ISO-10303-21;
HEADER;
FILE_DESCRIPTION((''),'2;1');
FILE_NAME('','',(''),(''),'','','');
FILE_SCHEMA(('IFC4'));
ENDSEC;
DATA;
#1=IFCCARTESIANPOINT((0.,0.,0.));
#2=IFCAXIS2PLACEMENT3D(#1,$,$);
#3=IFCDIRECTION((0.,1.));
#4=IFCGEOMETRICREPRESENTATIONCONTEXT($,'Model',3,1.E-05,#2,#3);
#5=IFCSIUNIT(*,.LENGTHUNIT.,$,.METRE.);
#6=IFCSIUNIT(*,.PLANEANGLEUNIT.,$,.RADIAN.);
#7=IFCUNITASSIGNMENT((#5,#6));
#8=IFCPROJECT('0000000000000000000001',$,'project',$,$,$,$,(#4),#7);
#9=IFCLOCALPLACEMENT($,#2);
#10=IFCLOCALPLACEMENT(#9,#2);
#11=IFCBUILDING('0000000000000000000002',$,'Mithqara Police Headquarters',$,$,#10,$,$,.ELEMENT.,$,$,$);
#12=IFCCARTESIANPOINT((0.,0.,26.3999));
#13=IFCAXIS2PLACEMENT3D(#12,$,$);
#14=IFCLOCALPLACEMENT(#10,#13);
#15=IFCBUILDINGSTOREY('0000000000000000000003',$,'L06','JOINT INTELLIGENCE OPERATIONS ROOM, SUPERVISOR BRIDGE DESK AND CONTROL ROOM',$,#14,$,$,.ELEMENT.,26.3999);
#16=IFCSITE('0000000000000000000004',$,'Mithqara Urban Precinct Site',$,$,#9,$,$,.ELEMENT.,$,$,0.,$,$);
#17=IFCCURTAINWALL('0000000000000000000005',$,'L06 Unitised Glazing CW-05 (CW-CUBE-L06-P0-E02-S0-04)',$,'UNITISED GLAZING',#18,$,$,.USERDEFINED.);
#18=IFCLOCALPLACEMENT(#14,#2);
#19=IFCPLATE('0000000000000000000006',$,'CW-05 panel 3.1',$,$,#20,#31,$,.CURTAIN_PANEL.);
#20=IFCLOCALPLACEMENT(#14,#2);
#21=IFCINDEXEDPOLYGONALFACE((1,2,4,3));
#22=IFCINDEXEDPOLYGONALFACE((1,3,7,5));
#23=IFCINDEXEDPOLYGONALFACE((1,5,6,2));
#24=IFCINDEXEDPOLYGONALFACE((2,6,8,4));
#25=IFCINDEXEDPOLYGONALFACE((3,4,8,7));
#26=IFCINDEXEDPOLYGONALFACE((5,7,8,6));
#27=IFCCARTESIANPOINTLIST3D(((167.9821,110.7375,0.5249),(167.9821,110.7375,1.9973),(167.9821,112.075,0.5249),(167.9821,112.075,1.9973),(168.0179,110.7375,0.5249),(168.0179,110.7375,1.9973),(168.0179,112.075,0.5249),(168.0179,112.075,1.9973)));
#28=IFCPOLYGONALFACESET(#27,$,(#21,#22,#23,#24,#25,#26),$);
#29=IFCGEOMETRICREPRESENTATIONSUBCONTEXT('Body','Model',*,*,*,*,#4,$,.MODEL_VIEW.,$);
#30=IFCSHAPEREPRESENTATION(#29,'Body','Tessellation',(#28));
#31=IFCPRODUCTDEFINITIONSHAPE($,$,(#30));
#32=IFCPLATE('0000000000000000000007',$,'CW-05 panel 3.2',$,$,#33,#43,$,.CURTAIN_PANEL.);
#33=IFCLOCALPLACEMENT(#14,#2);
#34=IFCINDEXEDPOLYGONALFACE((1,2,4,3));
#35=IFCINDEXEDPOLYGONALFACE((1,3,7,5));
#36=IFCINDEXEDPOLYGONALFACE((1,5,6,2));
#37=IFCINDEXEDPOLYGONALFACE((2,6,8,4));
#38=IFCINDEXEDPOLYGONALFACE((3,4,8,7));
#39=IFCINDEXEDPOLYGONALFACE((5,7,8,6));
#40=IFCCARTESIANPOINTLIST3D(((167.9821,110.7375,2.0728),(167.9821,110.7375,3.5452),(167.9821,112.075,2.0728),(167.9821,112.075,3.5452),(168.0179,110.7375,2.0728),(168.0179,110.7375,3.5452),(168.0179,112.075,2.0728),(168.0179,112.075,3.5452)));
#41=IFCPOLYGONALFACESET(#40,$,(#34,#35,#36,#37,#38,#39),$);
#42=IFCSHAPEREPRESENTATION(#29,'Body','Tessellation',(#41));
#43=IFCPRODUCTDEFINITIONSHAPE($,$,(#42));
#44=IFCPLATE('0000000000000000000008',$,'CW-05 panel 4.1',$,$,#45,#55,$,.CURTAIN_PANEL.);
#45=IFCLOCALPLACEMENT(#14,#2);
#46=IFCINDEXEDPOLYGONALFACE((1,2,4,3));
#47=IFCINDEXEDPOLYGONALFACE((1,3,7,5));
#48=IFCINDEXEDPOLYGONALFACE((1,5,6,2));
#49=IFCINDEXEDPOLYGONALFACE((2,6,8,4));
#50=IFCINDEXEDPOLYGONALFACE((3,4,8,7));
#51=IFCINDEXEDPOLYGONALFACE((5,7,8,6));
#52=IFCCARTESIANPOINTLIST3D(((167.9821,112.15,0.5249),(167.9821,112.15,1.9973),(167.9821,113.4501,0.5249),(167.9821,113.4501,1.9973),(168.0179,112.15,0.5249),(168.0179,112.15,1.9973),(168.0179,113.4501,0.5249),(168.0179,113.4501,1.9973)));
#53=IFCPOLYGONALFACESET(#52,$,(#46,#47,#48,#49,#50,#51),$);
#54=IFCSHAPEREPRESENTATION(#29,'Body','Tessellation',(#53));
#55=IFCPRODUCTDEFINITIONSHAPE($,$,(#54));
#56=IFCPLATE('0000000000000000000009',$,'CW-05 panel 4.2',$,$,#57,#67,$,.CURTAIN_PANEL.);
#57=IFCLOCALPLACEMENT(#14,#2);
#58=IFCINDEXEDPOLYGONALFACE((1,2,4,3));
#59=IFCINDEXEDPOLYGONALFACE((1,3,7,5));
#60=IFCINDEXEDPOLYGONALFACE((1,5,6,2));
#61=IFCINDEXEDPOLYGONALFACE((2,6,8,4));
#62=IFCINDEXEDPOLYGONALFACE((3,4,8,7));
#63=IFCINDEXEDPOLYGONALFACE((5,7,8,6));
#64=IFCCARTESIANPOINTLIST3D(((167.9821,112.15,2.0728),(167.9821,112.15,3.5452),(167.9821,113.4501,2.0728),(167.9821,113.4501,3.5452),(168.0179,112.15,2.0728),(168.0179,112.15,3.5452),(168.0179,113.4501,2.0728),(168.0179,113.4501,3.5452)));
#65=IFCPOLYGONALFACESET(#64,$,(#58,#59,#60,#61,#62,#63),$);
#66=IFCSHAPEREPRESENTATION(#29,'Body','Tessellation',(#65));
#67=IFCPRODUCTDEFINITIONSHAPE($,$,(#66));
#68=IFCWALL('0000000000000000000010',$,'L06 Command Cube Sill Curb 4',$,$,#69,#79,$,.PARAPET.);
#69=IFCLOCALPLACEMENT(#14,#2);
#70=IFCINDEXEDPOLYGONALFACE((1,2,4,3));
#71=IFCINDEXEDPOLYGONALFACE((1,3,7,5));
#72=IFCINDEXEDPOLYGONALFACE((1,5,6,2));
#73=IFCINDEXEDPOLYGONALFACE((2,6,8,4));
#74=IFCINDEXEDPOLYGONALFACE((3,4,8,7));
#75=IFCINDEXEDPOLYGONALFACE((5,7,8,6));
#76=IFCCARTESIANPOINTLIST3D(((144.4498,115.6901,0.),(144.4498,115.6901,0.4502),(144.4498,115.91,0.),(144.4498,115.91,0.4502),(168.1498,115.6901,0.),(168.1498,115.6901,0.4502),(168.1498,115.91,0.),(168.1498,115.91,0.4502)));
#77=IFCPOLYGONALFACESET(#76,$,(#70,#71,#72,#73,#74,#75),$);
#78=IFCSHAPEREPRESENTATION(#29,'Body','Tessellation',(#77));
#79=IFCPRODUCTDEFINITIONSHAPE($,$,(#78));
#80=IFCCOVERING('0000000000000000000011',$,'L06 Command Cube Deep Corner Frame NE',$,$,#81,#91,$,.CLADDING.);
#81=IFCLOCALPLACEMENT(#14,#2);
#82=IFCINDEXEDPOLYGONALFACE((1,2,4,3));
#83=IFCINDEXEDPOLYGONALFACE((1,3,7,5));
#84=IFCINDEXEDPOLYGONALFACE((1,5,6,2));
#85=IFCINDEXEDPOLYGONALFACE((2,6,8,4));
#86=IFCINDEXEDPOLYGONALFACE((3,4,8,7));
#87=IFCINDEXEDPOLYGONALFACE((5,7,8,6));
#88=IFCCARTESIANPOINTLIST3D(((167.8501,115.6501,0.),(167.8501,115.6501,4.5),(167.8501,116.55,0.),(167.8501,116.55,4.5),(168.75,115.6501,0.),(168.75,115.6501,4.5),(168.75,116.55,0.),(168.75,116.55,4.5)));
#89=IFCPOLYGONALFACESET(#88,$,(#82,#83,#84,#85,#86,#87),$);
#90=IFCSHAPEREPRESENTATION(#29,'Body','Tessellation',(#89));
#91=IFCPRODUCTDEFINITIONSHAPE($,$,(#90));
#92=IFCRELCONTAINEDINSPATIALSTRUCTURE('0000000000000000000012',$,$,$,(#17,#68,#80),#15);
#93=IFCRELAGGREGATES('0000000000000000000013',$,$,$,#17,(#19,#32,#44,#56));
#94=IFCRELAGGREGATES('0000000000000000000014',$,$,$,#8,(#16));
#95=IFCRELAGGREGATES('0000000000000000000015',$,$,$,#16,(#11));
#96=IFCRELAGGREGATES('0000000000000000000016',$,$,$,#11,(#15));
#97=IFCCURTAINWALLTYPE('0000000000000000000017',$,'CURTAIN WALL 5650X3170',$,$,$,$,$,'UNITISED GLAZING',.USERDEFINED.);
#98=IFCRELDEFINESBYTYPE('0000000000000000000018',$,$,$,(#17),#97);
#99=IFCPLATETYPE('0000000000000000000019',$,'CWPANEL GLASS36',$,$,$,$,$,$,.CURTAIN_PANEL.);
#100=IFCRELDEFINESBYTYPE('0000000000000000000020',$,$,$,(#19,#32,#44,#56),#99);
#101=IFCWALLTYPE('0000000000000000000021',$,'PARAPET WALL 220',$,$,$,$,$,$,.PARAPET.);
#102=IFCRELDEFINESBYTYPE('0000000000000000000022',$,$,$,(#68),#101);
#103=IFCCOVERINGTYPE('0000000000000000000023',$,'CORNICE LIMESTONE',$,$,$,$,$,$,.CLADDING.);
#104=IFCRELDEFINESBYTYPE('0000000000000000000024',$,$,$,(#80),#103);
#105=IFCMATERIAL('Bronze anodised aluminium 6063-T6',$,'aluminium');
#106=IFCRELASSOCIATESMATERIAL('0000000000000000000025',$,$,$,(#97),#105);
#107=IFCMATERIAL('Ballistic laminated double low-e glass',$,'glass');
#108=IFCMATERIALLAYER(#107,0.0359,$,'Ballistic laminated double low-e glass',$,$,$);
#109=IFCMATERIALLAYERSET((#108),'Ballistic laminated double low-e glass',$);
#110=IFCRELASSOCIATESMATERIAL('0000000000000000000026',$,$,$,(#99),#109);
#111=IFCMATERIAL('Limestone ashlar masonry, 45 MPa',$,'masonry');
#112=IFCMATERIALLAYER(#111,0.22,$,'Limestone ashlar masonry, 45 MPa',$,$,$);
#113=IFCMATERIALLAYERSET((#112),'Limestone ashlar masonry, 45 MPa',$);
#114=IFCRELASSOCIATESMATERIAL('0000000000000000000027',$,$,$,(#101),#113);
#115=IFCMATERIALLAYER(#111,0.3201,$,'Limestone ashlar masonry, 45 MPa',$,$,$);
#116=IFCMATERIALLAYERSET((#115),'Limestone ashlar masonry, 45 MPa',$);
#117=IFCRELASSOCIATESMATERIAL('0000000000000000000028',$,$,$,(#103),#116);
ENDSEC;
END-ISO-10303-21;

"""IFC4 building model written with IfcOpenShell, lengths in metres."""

from ifc_helpers import new_model, si_unit, direction, frame, frame_2d, origin, origin_2d, place, context, subcontext, project, spatial, rectangle, extrude, material, layer, layer_set, type_object, element, aggregate, save


model = new_model("IFC4")

# Units and contexts
model_context = context("Model", 3, precision=1e-05, world=origin(), true_north=direction((0.0, 1.0)))
body_context = subcontext(model_context, "Body", "Model", "MODEL_VIEW")
ifc_project = project(units=[si_unit("LENGTHUNIT", "METRE"), si_unit("PLANEANGLEUNIT", "RADIAN")], contexts=[model_context])

# Site, building, storey
site_placement = place(None, origin())
site = spatial("IfcSite", under=ifc_project, at=site_placement, Name="Mithqara Urban Precinct Site", CompositionType="ELEMENT", RefElevation=0.0)
building_placement = place(site_placement, origin())
building = spatial("IfcBuilding", under=site, at=building_placement, Name="Mithqara Police Headquarters", CompositionType="ELEMENT")
storey_placement = place(building_placement, frame((0.0, 0.0, 26.3999)))
storey = spatial("IfcBuildingStorey", under=building, at=storey_placement, Name="L06", Description="JOINT INTELLIGENCE OPERATIONS ROOM, SUPERVISOR BRIDGE DESK AND CONTROL ROOM", CompositionType="ELEMENT", Elevation=26.3999)

# Curtain wall
ifc_material_1 = material(Name="Bronze anodised aluminium 6063-T6", Category="aluminium")
curtain_wall_type_1 = type_object("IfcCurtainWallType", Name="CURTAIN WALL 5650X3170", ElementType="UNITISED GLAZING", PredefinedType="USERDEFINED", material=ifc_material_1)
curtain_wall_1_placement = place(storey_placement, origin())
curtain_wall_1 = element("IfcCurtainWall", 1, at=curtain_wall_1_placement, inside=storey, type_object=curtain_wall_type_1, Name="L06 Unitised Glazing CW-05 (CW-CUBE-L06-P0-E02-S0-04)", ObjectType="UNITISED GLAZING", PredefinedType="USERDEFINED")

# Plates
ifc_material_2 = material(Name="Ballistic laminated double low-e glass", Category="glass")
ifc_layer_1 = layer(ifc_material_2, 0.0359, Name="Ballistic laminated double low-e glass")
ifc_layer_set_1 = layer_set([ifc_layer_1], Name="Ballistic laminated double low-e glass")
plate_type = type_object("IfcPlateType", Name="CWPANEL GLASS36", PredefinedType="CURTAIN_PANEL", material=ifc_layer_set_1)
plate_1_placement = place(storey_placement, frame((168.0, 111.4062, 0.5249), z_axis=(0.0, 0.0, 1.0), x_axis=(0.0, 1.0, 0.0)))
plate_1 = element("IfcPlate", 2, at=plate_1_placement, type_object=plate_type, Name="CW-05 panel 3.1", PredefinedType="CURTAIN_PANEL", context=body_context, shape_type="SweptSolid", body=[
    extrude(rectangle(XDim=1.3374, YDim=0.0359, at=origin_2d()), origin(), (0.0, 0.0, 1.0), 1.4724),
])
plate_2_placement = place(storey_placement, frame((168.0, 111.4062, 2.0728), z_axis=(0.0, 0.0, 1.0), x_axis=(0.0, 1.0, 0.0)))
plate_2 = element("IfcPlate", 3, at=plate_2_placement, type_object=plate_type, Name="CW-05 panel 3.2", PredefinedType="CURTAIN_PANEL", context=body_context, shape_type="SweptSolid", body=[
    extrude(rectangle(XDim=1.3374, YDim=0.0359, at=origin_2d()), origin(), (0.0, 0.0, 1.0), 1.4724),
])
plate_3_placement = place(storey_placement, frame((168.0, 112.8, 0.5249), z_axis=(0.0, 0.0, 1.0), x_axis=(0.0, 1.0, 0.0)))
plate_3 = element("IfcPlate", 4, at=plate_3_placement, type_object=plate_type, Name="CW-05 panel 4.1", PredefinedType="CURTAIN_PANEL", context=body_context, shape_type="SweptSolid", body=[
    extrude(rectangle(XDim=1.3, YDim=0.0359, at=origin_2d()), origin(), (0.0, 0.0, 1.0), 1.4724),
])
plate_4_placement = place(storey_placement, frame((168.0, 112.8, 2.0728), z_axis=(0.0, 0.0, 1.0), x_axis=(0.0, 1.0, 0.0)))
plate_4 = element("IfcPlate", 5, at=plate_4_placement, type_object=plate_type, Name="CW-05 panel 4.2", PredefinedType="CURTAIN_PANEL", context=body_context, shape_type="SweptSolid", body=[
    extrude(rectangle(XDim=1.3, YDim=0.0359, at=origin_2d()), origin(), (0.0, 0.0, 1.0), 1.4724),
])
aggregate(curtain_wall_1, [plate_1, plate_2, plate_3, plate_4])

# Wall
ifc_material_3 = material(Name="Limestone ashlar masonry, 45 MPa", Category="masonry")
ifc_layer_2 = layer(ifc_material_3, 0.22, Name="Limestone ashlar masonry, 45 MPa")
ifc_layer_set_2 = layer_set([ifc_layer_2], Name="Limestone ashlar masonry, 45 MPa")
wall_type = type_object("IfcWallType", Name="PARAPET WALL 220", PredefinedType="PARAPET", material=ifc_layer_set_2)
wall_placement = place(storey_placement, frame((168.1499, 115.8, 0.0), z_axis=(0.0, 0.0, 1.0), x_axis=(-1.0, 0.0, 0.0)))
element("IfcWall", 6, at=wall_placement, inside=storey, type_object=wall_type, Name="L06 Command Cube Sill Curb 4", PredefinedType="PARAPET", context=body_context, shape_type="SweptSolid", body=[
    extrude(rectangle(XDim=23.7, YDim=0.22, at=frame_2d((11.8501, 0.0))), origin(), (0.0, 0.0, 1.0), 0.4502),
])

# Covering
ifc_layer_3 = layer(ifc_material_3, 0.3201, Name="Limestone ashlar masonry, 45 MPa")
ifc_layer_set_3 = layer_set([ifc_layer_3], Name="Limestone ashlar masonry, 45 MPa")
covering_type = type_object("IfcCoveringType", Name="CORNICE LIMESTONE", PredefinedType="CLADDING", material=ifc_layer_set_3)
covering_placement = place(storey_placement, frame((168.3, 116.1001, 0.0), z_axis=(0.0, 0.0, 1.0), x_axis=(1.0, 0.0, 0.0)))
element("IfcCovering", 7, at=covering_placement, inside=storey, type_object=covering_type, Name="L06 Command Cube Deep Corner Frame NE", PredefinedType="CLADDING", context=body_context, shape_type="SweptSolid", body=[
    extrude(rectangle(XDim=0.8999, YDim=0.8999, at=origin_2d()), origin(), (0.0, 0.0, 1.0), 4.5),
])

save(model, "model.ifc")
